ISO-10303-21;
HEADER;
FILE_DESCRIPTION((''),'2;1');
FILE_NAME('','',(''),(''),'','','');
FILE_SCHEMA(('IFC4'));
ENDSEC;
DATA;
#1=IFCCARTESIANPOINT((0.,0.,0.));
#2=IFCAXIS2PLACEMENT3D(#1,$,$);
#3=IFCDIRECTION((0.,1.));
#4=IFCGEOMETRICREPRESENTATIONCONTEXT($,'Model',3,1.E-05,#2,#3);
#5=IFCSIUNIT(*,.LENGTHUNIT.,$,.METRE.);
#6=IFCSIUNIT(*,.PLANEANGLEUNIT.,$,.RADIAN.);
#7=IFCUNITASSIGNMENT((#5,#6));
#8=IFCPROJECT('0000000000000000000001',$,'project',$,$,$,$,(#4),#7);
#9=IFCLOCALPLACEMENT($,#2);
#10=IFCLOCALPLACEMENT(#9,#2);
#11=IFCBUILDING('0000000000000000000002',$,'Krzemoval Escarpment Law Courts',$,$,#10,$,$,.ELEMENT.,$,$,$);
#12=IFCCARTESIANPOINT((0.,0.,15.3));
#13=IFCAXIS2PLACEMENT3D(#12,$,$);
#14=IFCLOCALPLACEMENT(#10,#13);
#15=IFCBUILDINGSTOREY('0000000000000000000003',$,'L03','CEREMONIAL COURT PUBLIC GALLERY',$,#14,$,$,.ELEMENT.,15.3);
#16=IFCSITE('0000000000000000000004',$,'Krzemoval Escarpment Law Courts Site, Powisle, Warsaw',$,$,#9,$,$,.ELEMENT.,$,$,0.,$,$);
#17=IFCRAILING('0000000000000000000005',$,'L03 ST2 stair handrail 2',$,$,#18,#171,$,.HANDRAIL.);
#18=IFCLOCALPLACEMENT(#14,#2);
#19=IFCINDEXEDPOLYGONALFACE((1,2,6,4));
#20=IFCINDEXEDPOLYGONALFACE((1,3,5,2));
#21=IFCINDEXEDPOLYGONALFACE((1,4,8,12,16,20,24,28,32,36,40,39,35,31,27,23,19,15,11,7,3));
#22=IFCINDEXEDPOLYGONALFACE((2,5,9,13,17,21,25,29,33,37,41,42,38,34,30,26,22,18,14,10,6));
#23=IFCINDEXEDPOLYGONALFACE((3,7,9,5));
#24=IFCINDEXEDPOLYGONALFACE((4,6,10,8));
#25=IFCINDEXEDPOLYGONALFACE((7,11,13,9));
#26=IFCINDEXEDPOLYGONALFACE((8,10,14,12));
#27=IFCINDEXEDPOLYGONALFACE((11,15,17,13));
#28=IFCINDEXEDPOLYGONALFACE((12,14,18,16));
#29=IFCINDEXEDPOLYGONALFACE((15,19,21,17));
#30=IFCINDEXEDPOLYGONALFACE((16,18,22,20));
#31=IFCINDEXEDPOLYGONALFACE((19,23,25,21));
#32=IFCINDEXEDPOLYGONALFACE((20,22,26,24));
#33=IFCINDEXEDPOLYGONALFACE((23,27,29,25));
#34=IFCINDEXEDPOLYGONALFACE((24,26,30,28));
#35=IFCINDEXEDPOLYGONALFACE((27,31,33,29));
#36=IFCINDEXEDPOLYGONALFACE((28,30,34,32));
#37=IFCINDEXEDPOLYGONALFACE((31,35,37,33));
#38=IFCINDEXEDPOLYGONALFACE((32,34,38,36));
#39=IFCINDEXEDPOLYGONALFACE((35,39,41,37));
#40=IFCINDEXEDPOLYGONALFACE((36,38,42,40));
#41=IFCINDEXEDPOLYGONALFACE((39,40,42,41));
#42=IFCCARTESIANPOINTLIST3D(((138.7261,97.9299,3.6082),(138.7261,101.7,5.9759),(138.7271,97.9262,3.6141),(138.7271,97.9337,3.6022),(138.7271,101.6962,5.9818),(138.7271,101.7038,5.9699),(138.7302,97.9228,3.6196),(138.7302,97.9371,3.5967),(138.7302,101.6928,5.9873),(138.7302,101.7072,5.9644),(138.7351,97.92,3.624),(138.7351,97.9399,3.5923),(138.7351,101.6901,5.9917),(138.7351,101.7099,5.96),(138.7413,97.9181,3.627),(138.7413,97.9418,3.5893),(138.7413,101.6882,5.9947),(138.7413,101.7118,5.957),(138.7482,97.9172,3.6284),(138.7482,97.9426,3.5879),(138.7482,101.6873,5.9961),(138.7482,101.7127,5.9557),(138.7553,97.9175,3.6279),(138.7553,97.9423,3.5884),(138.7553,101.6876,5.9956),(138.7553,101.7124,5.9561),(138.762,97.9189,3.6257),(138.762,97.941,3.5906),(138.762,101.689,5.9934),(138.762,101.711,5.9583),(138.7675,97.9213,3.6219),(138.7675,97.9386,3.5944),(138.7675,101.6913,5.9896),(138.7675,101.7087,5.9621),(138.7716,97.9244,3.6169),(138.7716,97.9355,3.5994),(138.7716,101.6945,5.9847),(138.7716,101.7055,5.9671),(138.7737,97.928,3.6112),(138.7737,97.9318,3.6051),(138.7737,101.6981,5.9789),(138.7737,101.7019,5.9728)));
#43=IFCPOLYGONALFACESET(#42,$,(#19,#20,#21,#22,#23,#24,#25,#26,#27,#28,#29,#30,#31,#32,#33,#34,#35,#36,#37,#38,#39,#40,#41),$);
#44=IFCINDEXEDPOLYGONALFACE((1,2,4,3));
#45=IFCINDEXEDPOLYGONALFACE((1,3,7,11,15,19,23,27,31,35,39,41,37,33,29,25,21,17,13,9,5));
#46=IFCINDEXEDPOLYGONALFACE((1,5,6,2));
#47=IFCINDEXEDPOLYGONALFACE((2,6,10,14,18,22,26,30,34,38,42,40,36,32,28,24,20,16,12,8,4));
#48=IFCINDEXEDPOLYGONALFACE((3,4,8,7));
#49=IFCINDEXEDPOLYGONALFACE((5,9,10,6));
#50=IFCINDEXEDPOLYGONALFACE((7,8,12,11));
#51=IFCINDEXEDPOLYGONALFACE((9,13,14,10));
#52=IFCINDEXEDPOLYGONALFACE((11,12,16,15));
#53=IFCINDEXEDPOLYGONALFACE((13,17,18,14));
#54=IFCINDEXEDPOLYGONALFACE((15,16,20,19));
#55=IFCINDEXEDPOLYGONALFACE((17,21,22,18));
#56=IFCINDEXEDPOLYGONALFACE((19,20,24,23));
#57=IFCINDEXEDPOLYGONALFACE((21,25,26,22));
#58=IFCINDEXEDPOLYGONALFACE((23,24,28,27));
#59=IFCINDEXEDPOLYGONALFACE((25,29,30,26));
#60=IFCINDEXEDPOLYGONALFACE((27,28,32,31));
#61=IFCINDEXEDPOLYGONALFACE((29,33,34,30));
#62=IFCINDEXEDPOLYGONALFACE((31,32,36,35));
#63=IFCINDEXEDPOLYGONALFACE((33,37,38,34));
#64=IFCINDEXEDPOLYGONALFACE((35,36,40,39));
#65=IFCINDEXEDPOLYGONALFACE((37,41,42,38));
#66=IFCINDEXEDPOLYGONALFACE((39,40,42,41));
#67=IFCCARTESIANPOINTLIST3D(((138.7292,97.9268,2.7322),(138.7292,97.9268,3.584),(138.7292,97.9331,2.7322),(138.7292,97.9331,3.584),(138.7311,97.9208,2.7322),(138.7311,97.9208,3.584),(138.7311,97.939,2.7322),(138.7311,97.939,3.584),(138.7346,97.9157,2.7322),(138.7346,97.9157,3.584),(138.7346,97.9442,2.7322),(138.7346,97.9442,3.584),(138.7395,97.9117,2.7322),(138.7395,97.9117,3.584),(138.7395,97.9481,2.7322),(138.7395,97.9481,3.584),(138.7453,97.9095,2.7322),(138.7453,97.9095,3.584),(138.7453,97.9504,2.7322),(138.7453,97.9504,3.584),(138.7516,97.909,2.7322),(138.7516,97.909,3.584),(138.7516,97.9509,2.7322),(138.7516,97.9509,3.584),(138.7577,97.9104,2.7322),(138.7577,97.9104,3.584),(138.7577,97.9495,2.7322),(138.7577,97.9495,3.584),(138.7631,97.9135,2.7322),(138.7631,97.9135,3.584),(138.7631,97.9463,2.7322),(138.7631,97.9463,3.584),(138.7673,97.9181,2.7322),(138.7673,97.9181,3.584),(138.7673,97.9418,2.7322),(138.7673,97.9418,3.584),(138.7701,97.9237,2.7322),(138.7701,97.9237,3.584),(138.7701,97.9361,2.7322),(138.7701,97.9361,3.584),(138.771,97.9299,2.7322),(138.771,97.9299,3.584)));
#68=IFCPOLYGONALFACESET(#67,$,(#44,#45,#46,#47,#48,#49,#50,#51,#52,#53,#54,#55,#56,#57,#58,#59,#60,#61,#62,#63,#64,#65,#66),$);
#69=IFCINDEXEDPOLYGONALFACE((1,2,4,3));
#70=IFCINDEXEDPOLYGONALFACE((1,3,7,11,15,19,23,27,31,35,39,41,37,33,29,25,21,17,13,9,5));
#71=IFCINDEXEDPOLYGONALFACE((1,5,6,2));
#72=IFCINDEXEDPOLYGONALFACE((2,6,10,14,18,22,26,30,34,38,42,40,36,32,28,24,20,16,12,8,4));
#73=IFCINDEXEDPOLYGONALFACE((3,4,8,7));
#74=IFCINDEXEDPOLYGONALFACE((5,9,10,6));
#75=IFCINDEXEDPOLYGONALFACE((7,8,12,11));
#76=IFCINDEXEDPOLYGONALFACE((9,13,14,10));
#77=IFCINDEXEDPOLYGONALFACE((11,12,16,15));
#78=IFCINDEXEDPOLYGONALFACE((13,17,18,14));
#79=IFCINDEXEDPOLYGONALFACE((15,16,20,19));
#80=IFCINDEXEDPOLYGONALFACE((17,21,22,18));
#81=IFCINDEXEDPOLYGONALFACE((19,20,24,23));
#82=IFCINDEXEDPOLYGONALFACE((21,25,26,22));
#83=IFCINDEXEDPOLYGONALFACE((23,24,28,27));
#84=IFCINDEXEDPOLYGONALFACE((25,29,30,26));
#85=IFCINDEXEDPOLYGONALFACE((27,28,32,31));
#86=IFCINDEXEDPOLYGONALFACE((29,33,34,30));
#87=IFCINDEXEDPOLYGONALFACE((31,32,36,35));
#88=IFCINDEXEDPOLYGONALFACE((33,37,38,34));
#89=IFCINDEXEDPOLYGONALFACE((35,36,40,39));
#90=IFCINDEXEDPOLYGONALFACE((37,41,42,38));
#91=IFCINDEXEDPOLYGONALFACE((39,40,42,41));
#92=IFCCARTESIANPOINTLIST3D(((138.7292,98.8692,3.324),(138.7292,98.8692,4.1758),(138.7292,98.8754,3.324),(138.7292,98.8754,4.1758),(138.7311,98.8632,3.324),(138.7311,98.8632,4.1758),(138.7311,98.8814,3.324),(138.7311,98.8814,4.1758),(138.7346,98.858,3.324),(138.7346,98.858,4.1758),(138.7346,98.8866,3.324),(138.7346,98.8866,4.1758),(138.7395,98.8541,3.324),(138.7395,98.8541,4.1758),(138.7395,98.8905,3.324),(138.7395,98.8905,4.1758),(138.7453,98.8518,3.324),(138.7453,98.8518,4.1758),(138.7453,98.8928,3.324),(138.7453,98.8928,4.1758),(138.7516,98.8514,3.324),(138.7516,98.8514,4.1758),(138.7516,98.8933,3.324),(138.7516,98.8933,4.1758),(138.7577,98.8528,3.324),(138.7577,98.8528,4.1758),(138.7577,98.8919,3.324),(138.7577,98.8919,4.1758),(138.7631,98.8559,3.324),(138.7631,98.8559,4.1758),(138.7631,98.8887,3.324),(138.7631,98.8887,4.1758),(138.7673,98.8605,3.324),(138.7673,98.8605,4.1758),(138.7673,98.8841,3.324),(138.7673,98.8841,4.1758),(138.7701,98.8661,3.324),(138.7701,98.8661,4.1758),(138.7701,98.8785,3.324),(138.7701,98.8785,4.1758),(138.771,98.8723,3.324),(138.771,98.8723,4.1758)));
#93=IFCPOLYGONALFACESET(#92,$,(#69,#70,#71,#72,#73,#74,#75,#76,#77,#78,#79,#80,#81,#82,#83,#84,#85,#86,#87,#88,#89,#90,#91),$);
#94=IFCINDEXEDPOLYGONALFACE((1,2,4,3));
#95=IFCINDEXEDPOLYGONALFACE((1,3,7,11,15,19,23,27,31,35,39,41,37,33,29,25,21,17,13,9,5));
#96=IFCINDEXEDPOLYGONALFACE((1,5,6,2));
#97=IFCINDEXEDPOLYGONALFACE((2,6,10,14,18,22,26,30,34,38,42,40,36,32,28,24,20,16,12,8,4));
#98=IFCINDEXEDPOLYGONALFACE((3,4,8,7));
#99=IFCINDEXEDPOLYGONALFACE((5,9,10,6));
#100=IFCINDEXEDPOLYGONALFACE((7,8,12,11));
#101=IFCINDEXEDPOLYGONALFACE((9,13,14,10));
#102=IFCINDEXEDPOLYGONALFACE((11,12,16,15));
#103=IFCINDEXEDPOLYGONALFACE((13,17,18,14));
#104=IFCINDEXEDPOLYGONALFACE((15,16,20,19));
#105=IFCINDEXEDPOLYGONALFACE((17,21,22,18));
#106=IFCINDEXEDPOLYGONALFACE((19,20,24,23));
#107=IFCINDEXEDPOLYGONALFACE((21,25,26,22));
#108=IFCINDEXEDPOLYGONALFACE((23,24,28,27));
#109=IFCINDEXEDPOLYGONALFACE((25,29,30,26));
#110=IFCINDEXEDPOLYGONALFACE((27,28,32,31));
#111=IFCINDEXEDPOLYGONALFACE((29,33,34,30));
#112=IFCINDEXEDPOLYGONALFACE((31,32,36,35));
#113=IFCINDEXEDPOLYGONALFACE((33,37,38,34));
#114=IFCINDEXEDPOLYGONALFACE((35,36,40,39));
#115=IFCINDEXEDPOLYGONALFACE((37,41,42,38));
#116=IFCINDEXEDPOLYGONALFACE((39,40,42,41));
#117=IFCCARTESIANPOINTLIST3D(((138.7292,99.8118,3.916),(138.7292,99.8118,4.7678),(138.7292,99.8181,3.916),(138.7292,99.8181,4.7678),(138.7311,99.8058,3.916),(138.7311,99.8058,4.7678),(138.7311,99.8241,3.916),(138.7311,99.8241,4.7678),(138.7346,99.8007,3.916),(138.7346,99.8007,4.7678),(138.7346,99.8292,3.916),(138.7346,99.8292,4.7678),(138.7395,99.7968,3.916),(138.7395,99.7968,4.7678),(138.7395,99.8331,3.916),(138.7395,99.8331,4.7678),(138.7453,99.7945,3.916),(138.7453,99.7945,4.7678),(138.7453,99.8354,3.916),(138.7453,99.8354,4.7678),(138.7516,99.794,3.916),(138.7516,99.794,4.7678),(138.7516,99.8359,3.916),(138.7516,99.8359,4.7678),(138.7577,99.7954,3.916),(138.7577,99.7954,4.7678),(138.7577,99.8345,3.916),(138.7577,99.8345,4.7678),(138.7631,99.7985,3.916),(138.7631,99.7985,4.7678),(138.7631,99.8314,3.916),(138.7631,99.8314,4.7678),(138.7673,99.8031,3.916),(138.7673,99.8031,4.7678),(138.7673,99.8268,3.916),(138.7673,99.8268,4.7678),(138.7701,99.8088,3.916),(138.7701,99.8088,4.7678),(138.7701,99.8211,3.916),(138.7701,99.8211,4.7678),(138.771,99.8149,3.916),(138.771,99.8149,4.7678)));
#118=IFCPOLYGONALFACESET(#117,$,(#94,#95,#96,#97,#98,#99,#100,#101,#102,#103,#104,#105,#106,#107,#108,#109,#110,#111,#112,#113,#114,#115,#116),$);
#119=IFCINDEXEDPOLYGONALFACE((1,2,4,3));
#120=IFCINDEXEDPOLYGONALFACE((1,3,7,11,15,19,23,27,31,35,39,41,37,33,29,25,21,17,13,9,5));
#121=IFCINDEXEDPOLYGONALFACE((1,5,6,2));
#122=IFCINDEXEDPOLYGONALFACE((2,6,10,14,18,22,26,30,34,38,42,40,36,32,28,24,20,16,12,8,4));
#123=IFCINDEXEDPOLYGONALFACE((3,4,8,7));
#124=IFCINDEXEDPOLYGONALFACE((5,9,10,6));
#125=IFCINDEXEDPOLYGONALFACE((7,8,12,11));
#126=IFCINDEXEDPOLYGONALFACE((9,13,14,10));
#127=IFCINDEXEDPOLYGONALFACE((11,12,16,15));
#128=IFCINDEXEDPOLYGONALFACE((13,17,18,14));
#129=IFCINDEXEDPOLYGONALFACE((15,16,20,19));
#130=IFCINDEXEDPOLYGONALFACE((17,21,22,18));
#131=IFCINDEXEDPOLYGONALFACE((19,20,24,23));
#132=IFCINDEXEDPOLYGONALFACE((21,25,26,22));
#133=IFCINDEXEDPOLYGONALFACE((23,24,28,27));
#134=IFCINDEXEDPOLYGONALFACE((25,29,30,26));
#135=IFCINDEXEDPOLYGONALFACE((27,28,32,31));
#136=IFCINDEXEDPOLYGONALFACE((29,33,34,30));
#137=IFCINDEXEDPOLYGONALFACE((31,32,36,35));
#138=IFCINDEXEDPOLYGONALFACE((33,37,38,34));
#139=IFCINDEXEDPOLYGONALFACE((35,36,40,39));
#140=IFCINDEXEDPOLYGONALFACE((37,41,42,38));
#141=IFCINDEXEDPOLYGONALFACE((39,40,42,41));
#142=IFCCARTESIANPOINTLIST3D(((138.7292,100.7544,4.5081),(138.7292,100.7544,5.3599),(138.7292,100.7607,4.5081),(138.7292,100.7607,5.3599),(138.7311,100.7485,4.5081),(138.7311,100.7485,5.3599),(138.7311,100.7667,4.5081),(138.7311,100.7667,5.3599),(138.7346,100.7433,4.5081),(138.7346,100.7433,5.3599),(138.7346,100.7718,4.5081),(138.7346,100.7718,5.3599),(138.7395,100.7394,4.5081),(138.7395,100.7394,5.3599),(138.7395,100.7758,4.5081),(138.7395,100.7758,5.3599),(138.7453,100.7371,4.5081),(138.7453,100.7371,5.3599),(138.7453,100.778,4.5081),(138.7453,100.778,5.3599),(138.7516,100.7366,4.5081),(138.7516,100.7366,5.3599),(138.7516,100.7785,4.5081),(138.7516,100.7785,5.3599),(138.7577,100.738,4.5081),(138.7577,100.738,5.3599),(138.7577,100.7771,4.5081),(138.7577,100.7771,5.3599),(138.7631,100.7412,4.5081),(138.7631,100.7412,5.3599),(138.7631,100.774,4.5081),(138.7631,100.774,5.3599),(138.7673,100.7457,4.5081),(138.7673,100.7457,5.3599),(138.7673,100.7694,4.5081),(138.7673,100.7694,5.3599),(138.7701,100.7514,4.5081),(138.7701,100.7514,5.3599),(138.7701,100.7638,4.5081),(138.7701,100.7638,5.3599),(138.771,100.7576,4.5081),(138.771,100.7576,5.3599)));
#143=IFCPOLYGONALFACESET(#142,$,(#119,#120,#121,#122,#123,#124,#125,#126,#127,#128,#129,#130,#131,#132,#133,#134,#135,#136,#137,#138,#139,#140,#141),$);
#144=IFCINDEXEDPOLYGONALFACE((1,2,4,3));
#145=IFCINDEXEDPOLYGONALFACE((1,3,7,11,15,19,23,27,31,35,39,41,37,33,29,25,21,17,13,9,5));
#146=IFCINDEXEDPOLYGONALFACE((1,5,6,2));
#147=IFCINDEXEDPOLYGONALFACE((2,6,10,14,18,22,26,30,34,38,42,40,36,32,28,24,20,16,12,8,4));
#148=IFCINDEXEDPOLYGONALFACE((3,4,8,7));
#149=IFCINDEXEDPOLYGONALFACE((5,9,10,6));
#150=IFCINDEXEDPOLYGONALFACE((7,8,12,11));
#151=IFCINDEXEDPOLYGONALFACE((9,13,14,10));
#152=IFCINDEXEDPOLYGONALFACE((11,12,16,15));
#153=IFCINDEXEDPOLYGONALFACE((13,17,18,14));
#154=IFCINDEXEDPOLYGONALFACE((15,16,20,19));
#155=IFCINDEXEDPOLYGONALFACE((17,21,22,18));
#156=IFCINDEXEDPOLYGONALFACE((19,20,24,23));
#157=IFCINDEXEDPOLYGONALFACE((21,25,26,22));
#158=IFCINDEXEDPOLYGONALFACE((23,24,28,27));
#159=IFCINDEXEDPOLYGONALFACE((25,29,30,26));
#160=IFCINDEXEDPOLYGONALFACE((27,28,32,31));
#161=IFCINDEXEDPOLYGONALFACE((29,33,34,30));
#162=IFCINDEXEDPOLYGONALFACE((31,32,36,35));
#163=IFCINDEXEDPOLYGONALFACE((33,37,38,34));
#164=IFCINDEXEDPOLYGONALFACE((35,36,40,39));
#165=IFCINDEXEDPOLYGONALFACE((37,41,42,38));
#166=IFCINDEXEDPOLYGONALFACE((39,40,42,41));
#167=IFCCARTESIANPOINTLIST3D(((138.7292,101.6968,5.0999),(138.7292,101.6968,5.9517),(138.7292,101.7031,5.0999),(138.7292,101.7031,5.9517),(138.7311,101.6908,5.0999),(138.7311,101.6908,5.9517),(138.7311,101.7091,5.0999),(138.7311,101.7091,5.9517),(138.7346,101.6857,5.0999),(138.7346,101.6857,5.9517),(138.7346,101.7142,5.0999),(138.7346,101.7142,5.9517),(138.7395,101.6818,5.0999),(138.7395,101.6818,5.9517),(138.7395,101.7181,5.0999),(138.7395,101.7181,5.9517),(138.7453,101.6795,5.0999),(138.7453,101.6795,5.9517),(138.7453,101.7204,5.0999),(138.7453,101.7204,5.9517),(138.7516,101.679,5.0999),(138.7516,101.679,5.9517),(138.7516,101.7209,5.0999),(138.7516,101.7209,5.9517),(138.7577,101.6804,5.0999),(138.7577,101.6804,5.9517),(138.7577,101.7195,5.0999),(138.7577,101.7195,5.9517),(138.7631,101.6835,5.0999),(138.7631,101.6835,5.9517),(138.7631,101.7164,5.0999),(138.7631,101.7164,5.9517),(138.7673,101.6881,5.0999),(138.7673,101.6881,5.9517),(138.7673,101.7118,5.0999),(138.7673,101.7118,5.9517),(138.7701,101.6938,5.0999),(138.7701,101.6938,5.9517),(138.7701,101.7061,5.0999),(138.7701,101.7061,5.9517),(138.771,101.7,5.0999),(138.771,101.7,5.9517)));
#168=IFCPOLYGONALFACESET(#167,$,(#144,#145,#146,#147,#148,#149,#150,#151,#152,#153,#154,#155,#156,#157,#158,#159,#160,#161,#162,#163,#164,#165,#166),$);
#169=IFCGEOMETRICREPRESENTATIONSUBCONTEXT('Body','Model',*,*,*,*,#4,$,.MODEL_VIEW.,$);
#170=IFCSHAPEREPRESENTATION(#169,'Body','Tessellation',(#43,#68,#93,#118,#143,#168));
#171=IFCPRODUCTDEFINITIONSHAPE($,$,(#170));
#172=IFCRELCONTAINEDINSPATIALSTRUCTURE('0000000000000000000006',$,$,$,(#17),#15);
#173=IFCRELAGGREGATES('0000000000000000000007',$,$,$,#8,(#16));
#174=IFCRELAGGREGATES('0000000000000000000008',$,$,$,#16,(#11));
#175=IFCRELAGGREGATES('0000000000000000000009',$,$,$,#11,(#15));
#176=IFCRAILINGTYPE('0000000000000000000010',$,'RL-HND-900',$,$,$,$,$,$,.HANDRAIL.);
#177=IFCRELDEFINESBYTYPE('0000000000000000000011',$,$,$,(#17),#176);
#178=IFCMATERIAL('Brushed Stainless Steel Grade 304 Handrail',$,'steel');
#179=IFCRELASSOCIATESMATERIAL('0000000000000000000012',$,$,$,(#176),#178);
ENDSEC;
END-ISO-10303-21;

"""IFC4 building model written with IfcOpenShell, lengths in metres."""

from ifc_helpers import new_model, si_unit, direction, frame, origin, origin_2d, place, context, subcontext, project, spatial, circle, extrude, material, type_object, element, save


model = new_model("IFC4")

# Units and contexts
model_context = context("Model", 3, precision=1e-05, world=origin(), true_north=direction((0.0, 1.0)))
body_context = subcontext(model_context, "Body", "Model", "MODEL_VIEW")
ifc_project = project(units=[si_unit("LENGTHUNIT", "METRE"), si_unit("PLANEANGLEUNIT", "RADIAN")], contexts=[model_context])

# Site, building, storey
site_placement = place(None, origin())
site = spatial("IfcSite", under=ifc_project, at=site_placement, Name="Krzemoval Escarpment Law Courts Site, Powisle, Warsaw", CompositionType="ELEMENT", RefElevation=0.0)
building_placement = place(site_placement, origin())
building = spatial("IfcBuilding", under=site, at=building_placement, Name="Krzemoval Escarpment Law Courts", CompositionType="ELEMENT")
storey_placement = place(building_placement, frame((0.0, 0.0, 15.3)))
storey = spatial("IfcBuildingStorey", under=building, at=storey_placement, Name="L03", Description="CEREMONIAL COURT PUBLIC GALLERY", CompositionType="ELEMENT", Elevation=15.3)

# Railing
ifc_material_1 = material(Name="Brushed Stainless Steel Grade 304 Handrail", Category="steel")
railing_type_1 = type_object("IfcRailingType", Name="RL-HND-900", PredefinedType="HANDRAIL", material=ifc_material_1)
for number, where, name in (
    (1, (138.75, 97.9299, 2.7322), "L03 ST2 stair handrail 2"),
):
    element("IfcRailing", number, at=place(storey_placement, frame(where)), inside=storey, type_object=railing_type_1, Name=name, PredefinedType="HANDRAIL", context=body_context, shape_type="SweptSolid", body=[
        extrude(circle(Radius=0.0239, at=origin_2d()), frame((0.0, 0.0, 0.876), z_axis=(0.0, 0.846844, 0.531841), x_axis=(-1.0, 0.0, 0.0)), (0.0, 0.0, 1.0), 4.4519),
        extrude(circle(Radius=0.021, at=origin_2d()), origin(), (0.0, 0.0, 1.0), 0.8518),
        extrude(circle(Radius=0.021, at=origin_2d()), frame((0.0, 0.9424, 0.5918)), (0.0, 0.0, 1.0), 0.8518),
        extrude(circle(Radius=0.021, at=origin_2d()), frame((0.0, 1.885, 1.1838)), (0.0, 0.0, 1.0), 0.8518),
        extrude(circle(Radius=0.021, at=origin_2d()), frame((0.0, 2.8276, 1.7759)), (0.0, 0.0, 1.0), 0.8518),
        extrude(circle(Radius=0.021, at=origin_2d()), frame((0.0, 3.77, 2.3677)), (0.0, 0.0, 1.0), 0.8518),
    ])

save(model, "model.ifc")
